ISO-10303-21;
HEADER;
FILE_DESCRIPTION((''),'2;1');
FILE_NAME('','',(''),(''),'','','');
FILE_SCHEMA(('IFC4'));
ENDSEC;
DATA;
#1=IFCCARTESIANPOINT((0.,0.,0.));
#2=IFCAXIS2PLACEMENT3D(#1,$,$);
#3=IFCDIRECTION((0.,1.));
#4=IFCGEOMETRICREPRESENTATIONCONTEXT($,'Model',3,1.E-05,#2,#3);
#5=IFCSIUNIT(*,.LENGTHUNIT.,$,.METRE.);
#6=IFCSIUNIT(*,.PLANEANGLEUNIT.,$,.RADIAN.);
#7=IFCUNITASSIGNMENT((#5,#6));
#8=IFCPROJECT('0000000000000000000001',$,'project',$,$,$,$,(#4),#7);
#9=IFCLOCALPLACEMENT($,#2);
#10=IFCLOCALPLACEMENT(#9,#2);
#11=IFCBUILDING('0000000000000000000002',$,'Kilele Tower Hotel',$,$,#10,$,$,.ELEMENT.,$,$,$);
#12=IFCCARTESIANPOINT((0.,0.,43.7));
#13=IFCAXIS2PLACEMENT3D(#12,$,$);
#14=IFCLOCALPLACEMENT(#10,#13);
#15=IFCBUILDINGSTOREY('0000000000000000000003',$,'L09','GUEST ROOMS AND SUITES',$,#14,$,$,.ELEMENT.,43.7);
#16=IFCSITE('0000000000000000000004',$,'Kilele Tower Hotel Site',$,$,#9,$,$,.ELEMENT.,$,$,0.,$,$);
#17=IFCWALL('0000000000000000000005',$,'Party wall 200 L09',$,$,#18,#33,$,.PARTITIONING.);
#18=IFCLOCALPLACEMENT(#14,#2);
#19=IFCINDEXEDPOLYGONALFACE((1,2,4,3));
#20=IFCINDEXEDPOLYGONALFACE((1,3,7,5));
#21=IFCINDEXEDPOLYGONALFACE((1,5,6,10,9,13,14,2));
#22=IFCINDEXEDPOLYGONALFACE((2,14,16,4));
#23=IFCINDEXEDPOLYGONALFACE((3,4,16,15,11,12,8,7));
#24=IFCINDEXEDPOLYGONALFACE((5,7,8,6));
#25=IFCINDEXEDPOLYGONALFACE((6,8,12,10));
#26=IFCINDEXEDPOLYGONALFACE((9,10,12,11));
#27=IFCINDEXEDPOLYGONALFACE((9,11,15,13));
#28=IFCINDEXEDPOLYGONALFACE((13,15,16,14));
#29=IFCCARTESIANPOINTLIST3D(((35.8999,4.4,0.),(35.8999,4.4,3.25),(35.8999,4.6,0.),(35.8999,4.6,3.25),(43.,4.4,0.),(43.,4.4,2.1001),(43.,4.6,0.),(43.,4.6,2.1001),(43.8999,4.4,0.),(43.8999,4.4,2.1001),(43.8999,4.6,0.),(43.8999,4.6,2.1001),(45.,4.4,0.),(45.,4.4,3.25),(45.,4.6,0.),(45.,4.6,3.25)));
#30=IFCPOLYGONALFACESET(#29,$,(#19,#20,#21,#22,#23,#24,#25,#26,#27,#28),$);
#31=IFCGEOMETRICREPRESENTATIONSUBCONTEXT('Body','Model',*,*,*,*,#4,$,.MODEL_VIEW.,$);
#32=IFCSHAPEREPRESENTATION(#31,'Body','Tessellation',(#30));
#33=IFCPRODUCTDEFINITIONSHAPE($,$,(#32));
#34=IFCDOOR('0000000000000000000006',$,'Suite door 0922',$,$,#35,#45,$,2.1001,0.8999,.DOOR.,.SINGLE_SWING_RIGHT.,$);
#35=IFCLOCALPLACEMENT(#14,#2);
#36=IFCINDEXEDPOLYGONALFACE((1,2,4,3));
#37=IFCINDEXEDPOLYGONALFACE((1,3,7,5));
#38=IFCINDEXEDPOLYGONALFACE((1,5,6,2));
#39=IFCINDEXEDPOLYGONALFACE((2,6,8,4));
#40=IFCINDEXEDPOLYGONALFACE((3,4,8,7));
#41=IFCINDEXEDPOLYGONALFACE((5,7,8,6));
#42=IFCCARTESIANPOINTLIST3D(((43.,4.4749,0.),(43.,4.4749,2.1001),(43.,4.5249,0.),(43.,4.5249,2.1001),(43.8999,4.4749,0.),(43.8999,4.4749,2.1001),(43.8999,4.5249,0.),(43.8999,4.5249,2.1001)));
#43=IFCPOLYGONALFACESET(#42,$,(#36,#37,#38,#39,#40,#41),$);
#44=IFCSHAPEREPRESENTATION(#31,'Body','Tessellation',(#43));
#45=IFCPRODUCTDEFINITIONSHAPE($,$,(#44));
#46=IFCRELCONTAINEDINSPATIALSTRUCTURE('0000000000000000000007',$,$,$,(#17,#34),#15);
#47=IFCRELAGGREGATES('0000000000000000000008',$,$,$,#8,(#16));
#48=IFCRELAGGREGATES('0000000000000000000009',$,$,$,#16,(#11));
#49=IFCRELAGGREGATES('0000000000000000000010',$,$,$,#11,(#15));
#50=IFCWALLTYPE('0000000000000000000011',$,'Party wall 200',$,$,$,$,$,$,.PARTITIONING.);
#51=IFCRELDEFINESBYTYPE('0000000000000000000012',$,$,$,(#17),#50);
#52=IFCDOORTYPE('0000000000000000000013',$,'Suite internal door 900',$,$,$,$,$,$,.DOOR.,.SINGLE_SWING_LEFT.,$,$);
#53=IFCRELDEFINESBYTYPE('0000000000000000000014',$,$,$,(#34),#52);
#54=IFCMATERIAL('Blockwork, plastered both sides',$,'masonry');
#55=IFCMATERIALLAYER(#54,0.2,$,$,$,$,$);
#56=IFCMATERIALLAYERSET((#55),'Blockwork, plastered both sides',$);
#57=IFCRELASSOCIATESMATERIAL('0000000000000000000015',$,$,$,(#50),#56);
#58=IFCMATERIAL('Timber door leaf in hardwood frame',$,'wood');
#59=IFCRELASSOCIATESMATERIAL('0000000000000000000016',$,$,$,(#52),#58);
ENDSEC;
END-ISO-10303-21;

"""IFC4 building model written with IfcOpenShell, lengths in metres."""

from ifc_helpers import new_model, si_unit, direction, frame, frame_2d, origin, place, context, subcontext, project, spatial, rectangle, extrude, material, layer, layer_set, type_object, element, fill, save


model = new_model("IFC4")

# Units and contexts
model_context = context("Model", 3, precision=1e-05, world=origin(), true_north=direction((0.0, 1.0)))
body_context = subcontext(model_context, "Body", "Model", "MODEL_VIEW")
ifc_project = project(units=[si_unit("LENGTHUNIT", "METRE"), si_unit("PLANEANGLEUNIT", "RADIAN")], contexts=[model_context])

# Site, building, storey
site_placement = place(None, origin())
site = spatial("IfcSite", under=ifc_project, at=site_placement, Name="Kilele Tower Hotel Site", CompositionType="ELEMENT", RefElevation=0.0)
building_placement = place(site_placement, origin())
building = spatial("IfcBuilding", under=site, at=building_placement, Name="Kilele Tower Hotel", CompositionType="ELEMENT")
storey_placement = place(building_placement, frame((0.0, 0.0, 43.7)))
storey = spatial("IfcBuildingStorey", under=building, at=storey_placement, Name="L09", Description="GUEST ROOMS AND SUITES", CompositionType="ELEMENT", Elevation=43.7)

# Wall, opening, door
ifc_material_1 = material(Name="Blockwork, plastered both sides", Category="masonry")
ifc_layer_1 = layer(ifc_material_1, 0.2)
ifc_layer_set_1 = layer_set([ifc_layer_1], Name="Blockwork, plastered both sides")
wall_type_1 = type_object("IfcWallType", Name="Party wall 200", PredefinedType="PARTITIONING", material=ifc_layer_set_1)
wall_1_placement = place(storey_placement, frame((35.8999, 4.5, 0.0), z_axis=(0.0, 0.0, 1.0), x_axis=(1.0, 0.0, 0.0)))
wall_1 = element("IfcWall", 1, at=wall_1_placement, inside=storey, type_object=wall_type_1, Name="Party wall 200 L09", PredefinedType="PARTITIONING", context=body_context, shape_type="SweptSolid", body=[
    extrude(rectangle(XDim=9.1001, YDim=0.2, at=frame_2d((4.55, 0.0))), origin(), (0.0, 0.0, 1.0), 3.25),
])
opening_1_placement = place(wall_1_placement, frame((7.1001, 0.0, 0.0)))
opening_1 = element("IfcOpeningElement", 2, at=opening_1_placement, cuts=wall_1, PredefinedType="OPENING", context=body_context, shape_type="SweptSolid", body=[
    extrude(rectangle(XDim=0.8999, YDim=2.1001, at=frame_2d((0.45, 1.05))), frame((0.0, 0.1099, 0.0), z_axis=(0.0, -1.0, 0.0), x_axis=(1.0, 0.0, 0.0)), (0.0, 0.0, 1.0), 0.22),
])
ifc_material_2 = material(Name="Timber door leaf in hardwood frame", Category="wood")
door_type_1 = type_object("IfcDoorType", Name="Suite internal door 900", OperationType="SINGLE_SWING_LEFT", PredefinedType="DOOR", material=ifc_material_2)
door_1_placement = place(opening_1_placement, origin())
door_1 = element("IfcDoor", 3, at=door_1_placement, inside=storey, type_object=door_type_1, Name="Suite door 0922", OperationType="SINGLE_SWING_RIGHT", OverallHeight=2.1001, OverallWidth=0.8999, PredefinedType="DOOR", context=body_context, shape_type="SweptSolid", body=[
    extrude(rectangle(XDim=0.8999, YDim=2.1001, at=frame_2d((0.45, 1.05))), frame((0.0, 0.0249, 0.0), z_axis=(0.0, -1.0, 0.0), x_axis=(1.0, 0.0, 0.0)), (0.0, 0.0, 1.0), 0.05),
])
fill(opening_1, door_1)

save(model, "model.ifc")
